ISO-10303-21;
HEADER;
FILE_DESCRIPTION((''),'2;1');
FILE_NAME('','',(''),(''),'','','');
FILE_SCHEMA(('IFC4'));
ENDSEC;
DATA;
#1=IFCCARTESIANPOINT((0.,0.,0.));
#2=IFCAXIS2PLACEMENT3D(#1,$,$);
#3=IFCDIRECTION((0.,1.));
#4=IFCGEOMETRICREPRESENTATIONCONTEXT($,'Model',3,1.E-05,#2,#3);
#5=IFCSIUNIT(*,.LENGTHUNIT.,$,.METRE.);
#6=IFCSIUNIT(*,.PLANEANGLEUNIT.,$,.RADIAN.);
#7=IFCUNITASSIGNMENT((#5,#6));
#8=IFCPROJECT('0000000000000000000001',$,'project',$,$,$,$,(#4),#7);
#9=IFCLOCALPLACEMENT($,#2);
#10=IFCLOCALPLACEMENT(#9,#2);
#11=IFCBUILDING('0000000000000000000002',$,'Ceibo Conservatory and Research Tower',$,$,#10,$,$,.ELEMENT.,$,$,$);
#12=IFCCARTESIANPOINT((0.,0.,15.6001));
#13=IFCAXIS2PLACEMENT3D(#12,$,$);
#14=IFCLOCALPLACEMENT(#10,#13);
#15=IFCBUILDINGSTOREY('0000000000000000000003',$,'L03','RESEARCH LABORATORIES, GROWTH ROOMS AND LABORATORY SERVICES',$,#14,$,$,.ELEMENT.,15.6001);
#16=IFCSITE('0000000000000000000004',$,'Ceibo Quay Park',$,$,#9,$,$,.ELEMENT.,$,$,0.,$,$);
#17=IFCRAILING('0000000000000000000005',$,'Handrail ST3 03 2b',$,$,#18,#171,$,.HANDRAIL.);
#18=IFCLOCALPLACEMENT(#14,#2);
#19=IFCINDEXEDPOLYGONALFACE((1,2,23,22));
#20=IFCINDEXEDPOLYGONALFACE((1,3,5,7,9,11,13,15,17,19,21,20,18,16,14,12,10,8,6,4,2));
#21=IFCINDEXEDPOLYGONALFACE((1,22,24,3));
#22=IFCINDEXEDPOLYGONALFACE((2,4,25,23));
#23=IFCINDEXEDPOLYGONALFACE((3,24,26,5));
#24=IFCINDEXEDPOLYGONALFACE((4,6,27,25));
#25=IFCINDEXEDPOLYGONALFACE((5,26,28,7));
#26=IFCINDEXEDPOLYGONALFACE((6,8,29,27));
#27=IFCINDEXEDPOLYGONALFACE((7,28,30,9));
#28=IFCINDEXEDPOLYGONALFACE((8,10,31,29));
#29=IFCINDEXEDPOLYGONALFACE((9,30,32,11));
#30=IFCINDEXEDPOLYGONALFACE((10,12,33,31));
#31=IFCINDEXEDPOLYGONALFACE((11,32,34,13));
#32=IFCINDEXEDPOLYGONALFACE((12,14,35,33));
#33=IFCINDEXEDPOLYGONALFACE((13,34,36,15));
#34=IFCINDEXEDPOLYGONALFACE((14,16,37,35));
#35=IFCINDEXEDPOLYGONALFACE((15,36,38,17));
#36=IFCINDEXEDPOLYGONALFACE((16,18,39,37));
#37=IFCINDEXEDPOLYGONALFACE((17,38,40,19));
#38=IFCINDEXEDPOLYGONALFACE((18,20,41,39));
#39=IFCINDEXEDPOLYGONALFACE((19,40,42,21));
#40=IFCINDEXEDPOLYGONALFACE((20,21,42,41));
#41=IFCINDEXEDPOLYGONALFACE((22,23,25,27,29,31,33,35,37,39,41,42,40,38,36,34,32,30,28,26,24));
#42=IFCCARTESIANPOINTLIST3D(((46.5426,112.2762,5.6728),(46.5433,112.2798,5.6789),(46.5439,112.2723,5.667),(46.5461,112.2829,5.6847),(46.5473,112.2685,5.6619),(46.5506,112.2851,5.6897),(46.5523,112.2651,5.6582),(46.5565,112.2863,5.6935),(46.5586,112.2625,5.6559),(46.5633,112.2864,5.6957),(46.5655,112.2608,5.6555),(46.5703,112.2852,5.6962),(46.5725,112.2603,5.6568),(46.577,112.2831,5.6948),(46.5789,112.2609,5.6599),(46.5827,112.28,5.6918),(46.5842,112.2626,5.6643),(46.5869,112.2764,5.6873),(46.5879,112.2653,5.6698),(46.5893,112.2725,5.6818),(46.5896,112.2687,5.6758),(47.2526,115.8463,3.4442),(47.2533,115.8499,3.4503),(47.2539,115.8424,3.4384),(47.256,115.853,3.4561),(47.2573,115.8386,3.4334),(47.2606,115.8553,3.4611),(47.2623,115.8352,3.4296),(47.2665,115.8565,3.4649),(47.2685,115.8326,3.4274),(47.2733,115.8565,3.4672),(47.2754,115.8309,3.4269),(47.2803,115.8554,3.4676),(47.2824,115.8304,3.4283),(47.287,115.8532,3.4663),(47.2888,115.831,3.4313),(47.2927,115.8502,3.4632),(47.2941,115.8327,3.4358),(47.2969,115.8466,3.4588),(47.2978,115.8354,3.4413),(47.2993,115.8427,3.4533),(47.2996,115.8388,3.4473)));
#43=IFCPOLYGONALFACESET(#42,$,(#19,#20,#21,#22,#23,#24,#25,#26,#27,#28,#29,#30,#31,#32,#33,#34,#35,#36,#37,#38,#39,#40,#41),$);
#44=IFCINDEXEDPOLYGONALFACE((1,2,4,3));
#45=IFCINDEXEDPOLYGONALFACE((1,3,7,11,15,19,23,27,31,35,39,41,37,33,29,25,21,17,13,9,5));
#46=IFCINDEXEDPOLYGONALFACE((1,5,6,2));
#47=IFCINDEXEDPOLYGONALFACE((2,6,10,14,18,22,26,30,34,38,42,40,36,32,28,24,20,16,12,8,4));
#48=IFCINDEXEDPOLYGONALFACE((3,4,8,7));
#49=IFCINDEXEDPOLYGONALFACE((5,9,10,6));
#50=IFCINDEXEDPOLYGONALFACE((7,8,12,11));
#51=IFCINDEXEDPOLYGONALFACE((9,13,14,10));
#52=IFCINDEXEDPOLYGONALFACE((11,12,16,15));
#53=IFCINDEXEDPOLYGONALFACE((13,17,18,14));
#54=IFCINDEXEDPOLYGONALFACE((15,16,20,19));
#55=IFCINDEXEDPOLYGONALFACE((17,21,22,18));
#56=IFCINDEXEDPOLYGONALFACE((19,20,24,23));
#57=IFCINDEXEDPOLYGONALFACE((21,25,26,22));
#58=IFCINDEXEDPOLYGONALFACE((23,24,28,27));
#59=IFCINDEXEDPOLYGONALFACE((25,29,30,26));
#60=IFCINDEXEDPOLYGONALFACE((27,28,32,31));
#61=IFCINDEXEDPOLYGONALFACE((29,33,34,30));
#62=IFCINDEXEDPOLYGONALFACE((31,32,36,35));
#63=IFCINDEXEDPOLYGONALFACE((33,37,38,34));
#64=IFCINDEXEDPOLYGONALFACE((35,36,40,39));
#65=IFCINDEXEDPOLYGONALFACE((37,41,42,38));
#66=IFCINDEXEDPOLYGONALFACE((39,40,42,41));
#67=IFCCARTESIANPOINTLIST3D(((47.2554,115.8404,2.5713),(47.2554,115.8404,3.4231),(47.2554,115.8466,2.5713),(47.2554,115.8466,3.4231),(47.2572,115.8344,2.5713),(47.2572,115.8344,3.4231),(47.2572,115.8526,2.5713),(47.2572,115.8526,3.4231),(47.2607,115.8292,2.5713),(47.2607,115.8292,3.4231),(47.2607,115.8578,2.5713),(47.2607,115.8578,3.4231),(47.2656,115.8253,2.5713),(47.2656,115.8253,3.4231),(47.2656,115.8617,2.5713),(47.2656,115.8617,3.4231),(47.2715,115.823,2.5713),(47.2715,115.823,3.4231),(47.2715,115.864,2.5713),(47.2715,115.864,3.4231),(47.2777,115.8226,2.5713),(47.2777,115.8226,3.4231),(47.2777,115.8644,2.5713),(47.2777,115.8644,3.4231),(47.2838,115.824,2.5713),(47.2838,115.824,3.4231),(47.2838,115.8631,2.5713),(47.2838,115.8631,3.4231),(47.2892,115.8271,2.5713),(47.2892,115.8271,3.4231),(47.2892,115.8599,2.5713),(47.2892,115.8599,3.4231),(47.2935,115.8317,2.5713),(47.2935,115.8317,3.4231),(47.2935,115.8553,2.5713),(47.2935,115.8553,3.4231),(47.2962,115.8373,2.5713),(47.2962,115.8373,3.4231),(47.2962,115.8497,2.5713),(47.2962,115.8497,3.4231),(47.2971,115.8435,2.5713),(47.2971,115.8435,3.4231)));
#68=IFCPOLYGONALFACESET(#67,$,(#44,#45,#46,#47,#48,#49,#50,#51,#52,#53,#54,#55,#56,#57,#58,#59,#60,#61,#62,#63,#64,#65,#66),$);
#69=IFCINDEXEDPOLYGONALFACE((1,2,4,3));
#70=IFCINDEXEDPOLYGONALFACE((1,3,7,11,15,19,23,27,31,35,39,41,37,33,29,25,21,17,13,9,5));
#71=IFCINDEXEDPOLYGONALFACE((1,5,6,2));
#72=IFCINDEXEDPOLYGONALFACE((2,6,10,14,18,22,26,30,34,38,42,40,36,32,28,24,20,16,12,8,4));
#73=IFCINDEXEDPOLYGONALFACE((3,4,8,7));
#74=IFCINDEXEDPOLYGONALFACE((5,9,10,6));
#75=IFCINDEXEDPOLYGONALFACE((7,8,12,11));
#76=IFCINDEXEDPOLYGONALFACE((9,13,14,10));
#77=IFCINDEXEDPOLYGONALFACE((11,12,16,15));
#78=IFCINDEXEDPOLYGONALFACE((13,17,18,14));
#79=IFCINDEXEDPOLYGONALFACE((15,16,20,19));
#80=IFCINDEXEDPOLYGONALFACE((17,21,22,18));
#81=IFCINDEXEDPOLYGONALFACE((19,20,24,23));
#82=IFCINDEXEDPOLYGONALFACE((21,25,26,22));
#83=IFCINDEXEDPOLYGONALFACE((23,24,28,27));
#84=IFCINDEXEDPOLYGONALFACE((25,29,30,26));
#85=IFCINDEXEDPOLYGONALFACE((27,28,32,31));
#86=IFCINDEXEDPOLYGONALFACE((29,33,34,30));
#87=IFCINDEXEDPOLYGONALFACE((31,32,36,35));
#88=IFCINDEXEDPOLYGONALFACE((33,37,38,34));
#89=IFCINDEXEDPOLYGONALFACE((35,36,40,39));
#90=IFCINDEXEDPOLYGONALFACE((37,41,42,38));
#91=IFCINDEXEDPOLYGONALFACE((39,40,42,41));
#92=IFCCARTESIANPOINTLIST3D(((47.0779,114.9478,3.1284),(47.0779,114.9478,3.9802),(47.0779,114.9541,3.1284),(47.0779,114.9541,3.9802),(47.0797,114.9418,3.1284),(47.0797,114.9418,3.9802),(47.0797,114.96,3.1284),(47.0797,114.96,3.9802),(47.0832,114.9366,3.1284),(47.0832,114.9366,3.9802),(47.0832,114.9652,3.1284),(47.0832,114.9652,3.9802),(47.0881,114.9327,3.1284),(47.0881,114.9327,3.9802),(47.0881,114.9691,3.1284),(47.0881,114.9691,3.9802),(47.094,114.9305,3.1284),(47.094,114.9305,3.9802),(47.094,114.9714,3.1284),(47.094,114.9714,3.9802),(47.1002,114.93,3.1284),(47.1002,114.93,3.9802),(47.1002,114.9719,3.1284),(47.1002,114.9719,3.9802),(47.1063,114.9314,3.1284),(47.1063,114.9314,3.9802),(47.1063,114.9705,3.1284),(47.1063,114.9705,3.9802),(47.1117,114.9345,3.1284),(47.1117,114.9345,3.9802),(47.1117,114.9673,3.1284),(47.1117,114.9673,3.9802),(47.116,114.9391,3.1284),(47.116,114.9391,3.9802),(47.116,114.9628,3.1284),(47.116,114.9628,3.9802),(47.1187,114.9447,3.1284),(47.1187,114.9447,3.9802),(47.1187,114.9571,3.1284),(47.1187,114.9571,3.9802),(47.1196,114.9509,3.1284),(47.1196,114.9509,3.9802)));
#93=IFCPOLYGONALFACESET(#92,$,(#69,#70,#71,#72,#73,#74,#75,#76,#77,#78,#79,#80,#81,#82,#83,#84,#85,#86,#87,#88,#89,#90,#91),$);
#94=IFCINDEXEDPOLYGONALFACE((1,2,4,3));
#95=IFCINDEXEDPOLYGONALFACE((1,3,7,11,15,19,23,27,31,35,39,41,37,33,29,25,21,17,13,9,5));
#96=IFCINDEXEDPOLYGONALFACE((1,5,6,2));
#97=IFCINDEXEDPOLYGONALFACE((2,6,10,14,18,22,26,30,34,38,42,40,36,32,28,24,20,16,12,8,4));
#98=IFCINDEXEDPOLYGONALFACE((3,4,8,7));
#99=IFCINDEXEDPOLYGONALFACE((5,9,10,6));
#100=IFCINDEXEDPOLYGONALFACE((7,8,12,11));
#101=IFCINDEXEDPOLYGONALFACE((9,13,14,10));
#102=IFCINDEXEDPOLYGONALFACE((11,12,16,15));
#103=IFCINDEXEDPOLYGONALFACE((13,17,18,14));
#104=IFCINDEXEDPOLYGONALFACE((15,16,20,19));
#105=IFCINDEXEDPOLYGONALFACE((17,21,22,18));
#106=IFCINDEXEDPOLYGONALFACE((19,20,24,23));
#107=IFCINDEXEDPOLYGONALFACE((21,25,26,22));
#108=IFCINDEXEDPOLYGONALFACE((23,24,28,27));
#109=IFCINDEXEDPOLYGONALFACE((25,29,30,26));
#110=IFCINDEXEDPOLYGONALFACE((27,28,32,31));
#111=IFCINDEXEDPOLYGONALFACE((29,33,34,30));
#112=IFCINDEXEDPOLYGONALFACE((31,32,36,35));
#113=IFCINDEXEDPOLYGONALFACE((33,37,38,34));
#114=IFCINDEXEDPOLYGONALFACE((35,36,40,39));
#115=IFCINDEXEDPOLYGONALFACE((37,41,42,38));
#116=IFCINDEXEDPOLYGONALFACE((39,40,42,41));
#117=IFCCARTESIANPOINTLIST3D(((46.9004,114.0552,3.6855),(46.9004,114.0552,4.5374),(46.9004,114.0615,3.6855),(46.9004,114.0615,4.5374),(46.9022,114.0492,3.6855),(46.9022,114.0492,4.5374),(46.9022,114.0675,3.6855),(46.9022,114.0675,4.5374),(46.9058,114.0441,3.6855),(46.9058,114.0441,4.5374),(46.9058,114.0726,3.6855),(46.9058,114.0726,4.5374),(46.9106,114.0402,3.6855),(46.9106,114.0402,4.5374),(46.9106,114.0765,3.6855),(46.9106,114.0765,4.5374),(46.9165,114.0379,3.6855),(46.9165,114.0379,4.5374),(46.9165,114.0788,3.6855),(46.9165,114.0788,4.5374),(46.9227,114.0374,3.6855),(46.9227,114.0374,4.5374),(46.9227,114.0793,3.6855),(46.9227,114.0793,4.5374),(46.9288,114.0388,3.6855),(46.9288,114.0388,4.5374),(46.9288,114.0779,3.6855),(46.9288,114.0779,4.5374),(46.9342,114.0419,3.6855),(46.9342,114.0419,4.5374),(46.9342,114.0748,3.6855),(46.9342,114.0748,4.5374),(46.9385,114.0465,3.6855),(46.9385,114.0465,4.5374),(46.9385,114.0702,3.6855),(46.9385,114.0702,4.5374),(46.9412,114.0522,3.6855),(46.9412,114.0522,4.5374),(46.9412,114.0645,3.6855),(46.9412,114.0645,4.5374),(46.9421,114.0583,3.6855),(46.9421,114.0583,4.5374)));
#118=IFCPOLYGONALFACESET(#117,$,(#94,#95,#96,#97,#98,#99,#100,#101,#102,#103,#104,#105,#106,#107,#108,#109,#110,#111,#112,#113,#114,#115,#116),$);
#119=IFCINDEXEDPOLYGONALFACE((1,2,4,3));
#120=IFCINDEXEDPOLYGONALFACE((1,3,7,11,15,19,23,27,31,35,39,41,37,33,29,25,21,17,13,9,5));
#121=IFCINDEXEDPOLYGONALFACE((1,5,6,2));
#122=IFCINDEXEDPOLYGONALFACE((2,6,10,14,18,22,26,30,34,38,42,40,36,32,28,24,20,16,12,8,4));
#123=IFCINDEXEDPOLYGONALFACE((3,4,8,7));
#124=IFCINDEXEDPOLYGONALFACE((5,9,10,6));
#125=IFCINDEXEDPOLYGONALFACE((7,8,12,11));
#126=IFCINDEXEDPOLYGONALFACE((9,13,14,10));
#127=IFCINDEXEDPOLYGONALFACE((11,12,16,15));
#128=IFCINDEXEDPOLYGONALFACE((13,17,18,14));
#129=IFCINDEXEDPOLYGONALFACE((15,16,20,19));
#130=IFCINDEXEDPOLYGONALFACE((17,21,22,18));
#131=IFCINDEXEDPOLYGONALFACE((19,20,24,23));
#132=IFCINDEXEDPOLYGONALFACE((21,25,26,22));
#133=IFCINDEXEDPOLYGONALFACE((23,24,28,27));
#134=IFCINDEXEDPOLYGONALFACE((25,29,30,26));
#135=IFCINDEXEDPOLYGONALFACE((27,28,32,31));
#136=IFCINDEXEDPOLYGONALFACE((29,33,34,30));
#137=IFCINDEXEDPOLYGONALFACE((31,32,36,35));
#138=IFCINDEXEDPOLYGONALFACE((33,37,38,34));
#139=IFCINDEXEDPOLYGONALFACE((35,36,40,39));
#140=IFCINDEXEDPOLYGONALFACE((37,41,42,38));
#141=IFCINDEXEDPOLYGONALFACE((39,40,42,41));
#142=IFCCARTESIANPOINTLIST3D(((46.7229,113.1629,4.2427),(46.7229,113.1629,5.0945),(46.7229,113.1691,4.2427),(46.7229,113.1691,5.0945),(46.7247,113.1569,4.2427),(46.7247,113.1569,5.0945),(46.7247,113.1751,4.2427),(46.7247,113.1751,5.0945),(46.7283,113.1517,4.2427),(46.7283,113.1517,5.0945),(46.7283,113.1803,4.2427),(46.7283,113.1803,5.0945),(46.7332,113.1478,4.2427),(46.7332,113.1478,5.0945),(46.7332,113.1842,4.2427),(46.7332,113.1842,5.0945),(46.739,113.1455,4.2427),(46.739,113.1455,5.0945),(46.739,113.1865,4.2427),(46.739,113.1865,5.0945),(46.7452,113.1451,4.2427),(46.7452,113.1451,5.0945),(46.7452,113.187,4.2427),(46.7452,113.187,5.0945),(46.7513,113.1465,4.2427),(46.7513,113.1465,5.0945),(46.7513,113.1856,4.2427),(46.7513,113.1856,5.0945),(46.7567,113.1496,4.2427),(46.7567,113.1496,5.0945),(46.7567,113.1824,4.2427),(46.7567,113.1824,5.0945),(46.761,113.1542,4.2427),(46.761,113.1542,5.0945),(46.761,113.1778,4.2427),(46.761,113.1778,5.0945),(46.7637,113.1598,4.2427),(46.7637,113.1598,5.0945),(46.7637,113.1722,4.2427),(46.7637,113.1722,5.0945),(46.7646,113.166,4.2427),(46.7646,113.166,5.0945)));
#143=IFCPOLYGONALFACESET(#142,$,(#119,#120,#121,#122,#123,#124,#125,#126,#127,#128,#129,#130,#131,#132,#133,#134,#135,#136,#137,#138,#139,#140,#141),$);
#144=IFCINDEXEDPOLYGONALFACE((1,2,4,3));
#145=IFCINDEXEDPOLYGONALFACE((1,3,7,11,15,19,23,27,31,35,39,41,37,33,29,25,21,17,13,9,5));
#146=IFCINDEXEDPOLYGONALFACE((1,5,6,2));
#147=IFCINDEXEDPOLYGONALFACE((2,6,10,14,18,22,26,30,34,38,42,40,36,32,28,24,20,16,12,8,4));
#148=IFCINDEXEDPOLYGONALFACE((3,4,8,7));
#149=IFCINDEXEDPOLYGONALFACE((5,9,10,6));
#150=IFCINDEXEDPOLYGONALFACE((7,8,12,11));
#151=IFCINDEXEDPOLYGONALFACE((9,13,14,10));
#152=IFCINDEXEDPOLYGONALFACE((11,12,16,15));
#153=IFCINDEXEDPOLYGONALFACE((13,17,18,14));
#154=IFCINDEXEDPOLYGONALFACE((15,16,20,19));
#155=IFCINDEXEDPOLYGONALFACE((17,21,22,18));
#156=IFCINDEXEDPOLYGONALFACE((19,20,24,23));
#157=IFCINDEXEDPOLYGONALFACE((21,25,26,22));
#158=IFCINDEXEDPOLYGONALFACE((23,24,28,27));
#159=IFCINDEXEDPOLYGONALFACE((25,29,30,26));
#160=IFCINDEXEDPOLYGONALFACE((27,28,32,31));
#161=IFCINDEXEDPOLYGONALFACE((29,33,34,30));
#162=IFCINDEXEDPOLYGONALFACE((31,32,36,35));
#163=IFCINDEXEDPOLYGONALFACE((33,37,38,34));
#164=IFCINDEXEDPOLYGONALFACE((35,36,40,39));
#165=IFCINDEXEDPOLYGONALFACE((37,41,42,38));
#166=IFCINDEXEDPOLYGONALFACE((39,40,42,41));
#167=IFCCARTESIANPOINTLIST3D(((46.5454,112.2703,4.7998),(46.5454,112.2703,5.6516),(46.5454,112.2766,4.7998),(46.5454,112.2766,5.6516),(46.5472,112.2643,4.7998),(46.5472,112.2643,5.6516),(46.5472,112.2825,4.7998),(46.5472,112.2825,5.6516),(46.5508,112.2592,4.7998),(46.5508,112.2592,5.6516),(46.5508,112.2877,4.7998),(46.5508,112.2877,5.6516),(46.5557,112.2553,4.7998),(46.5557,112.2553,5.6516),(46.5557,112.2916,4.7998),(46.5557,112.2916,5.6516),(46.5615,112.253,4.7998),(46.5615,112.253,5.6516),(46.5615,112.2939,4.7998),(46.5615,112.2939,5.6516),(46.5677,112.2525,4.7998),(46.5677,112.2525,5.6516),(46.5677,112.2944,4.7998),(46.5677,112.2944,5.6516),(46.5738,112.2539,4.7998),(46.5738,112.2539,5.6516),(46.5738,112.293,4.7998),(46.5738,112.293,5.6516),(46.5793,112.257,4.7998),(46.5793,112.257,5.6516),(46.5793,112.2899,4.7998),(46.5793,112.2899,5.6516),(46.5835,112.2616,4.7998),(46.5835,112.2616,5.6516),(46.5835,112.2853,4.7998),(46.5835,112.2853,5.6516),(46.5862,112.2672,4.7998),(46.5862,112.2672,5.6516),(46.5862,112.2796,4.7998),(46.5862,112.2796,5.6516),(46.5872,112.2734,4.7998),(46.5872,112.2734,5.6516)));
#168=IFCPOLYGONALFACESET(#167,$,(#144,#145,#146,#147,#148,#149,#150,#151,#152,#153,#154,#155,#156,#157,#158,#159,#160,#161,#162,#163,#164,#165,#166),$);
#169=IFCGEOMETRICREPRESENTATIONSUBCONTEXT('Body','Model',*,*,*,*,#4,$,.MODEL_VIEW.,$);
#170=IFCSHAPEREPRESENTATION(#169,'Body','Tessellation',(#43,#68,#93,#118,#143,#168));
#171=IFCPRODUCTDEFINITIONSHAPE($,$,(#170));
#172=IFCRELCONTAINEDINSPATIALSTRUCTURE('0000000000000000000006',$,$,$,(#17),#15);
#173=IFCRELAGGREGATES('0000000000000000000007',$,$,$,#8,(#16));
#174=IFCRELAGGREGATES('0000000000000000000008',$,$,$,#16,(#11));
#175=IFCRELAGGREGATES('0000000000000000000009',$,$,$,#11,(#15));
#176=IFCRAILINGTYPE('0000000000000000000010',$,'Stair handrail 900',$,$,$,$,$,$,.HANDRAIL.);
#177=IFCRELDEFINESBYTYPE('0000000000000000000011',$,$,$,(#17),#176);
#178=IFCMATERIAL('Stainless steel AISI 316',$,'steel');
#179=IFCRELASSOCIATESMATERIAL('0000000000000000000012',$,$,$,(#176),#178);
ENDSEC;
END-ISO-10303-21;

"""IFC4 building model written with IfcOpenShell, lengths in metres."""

from ifc_helpers import new_model, si_unit, direction, frame, origin, origin_2d, place, context, subcontext, project, spatial, circle, extrude, material, type_object, element, save


model = new_model("IFC4")

# Units and contexts
model_context = context("Model", 3, precision=1e-05, world=origin(), true_north=direction((0.0, 1.0)))
body_context = subcontext(model_context, "Body", "Model", "MODEL_VIEW")
ifc_project = project(units=[si_unit("LENGTHUNIT", "METRE"), si_unit("PLANEANGLEUNIT", "RADIAN")], contexts=[model_context])

# Site, building, storey
site_placement = place(None, origin())
site = spatial("IfcSite", under=ifc_project, at=site_placement, Name="Ceibo Quay Park", CompositionType="ELEMENT", RefElevation=0.0)
building_placement = place(site_placement, origin())
building = spatial("IfcBuilding", under=site, at=building_placement, Name="Ceibo Conservatory and Research Tower", CompositionType="ELEMENT")
storey_placement = place(building_placement, frame((0.0, 0.0, 15.6001)))
storey = spatial("IfcBuildingStorey", under=building, at=storey_placement, Name="L03", Description="RESEARCH LABORATORIES, GROWTH ROOMS AND LABORATORY SERVICES", CompositionType="ELEMENT", Elevation=15.6001)

# Shared definitions
ifc_material_1 = material(Name="Stainless steel AISI 316", Category="steel")

# Railing
railing_type = type_object("IfcRailingType", Name="Stair handrail 900", PredefinedType="HANDRAIL", material=ifc_material_1)
railing_1_placement = place(storey_placement, frame((47.2761, 115.8435, 2.5713)))
element("IfcRailing", 1, at=railing_1_placement, inside=storey, type_object=railing_type, Name="Handrail ST3 03 2b", PredefinedType="HANDRAIL", context=body_context, shape_type="SweptSolid", body=[
    extrude(circle(Radius=0.0239, at=origin_2d()), frame((0.0, 0.0, 0.876), z_axis=(-0.166346, -0.836476, 0.522147), x_axis=(0.980794, -0.195045, 0.0)), (0.0, 0.0, 1.0), 4.2681),
    extrude(circle(Radius=0.021, at=origin_2d()), origin(), (0.0, 0.0, 1.0), 0.8518),
    extrude(circle(Radius=0.021, at=origin_2d()), frame((-0.1775, -0.8926, 0.5571)), (0.0, 0.0, 1.0), 0.8518),
    extrude(circle(Radius=0.021, at=origin_2d()), frame((-0.355, -1.7852, 1.1143)), (0.0, 0.0, 1.0), 0.8518),
    extrude(circle(Radius=0.021, at=origin_2d()), frame((-0.5325, -2.6775, 1.6714)), (0.0, 0.0, 1.0), 0.8518),
    extrude(circle(Radius=0.021, at=origin_2d()), frame((-0.71, -3.5701, 2.2285)), (0.0, 0.0, 1.0), 0.8518),
])

save(model, "model.ifc")
